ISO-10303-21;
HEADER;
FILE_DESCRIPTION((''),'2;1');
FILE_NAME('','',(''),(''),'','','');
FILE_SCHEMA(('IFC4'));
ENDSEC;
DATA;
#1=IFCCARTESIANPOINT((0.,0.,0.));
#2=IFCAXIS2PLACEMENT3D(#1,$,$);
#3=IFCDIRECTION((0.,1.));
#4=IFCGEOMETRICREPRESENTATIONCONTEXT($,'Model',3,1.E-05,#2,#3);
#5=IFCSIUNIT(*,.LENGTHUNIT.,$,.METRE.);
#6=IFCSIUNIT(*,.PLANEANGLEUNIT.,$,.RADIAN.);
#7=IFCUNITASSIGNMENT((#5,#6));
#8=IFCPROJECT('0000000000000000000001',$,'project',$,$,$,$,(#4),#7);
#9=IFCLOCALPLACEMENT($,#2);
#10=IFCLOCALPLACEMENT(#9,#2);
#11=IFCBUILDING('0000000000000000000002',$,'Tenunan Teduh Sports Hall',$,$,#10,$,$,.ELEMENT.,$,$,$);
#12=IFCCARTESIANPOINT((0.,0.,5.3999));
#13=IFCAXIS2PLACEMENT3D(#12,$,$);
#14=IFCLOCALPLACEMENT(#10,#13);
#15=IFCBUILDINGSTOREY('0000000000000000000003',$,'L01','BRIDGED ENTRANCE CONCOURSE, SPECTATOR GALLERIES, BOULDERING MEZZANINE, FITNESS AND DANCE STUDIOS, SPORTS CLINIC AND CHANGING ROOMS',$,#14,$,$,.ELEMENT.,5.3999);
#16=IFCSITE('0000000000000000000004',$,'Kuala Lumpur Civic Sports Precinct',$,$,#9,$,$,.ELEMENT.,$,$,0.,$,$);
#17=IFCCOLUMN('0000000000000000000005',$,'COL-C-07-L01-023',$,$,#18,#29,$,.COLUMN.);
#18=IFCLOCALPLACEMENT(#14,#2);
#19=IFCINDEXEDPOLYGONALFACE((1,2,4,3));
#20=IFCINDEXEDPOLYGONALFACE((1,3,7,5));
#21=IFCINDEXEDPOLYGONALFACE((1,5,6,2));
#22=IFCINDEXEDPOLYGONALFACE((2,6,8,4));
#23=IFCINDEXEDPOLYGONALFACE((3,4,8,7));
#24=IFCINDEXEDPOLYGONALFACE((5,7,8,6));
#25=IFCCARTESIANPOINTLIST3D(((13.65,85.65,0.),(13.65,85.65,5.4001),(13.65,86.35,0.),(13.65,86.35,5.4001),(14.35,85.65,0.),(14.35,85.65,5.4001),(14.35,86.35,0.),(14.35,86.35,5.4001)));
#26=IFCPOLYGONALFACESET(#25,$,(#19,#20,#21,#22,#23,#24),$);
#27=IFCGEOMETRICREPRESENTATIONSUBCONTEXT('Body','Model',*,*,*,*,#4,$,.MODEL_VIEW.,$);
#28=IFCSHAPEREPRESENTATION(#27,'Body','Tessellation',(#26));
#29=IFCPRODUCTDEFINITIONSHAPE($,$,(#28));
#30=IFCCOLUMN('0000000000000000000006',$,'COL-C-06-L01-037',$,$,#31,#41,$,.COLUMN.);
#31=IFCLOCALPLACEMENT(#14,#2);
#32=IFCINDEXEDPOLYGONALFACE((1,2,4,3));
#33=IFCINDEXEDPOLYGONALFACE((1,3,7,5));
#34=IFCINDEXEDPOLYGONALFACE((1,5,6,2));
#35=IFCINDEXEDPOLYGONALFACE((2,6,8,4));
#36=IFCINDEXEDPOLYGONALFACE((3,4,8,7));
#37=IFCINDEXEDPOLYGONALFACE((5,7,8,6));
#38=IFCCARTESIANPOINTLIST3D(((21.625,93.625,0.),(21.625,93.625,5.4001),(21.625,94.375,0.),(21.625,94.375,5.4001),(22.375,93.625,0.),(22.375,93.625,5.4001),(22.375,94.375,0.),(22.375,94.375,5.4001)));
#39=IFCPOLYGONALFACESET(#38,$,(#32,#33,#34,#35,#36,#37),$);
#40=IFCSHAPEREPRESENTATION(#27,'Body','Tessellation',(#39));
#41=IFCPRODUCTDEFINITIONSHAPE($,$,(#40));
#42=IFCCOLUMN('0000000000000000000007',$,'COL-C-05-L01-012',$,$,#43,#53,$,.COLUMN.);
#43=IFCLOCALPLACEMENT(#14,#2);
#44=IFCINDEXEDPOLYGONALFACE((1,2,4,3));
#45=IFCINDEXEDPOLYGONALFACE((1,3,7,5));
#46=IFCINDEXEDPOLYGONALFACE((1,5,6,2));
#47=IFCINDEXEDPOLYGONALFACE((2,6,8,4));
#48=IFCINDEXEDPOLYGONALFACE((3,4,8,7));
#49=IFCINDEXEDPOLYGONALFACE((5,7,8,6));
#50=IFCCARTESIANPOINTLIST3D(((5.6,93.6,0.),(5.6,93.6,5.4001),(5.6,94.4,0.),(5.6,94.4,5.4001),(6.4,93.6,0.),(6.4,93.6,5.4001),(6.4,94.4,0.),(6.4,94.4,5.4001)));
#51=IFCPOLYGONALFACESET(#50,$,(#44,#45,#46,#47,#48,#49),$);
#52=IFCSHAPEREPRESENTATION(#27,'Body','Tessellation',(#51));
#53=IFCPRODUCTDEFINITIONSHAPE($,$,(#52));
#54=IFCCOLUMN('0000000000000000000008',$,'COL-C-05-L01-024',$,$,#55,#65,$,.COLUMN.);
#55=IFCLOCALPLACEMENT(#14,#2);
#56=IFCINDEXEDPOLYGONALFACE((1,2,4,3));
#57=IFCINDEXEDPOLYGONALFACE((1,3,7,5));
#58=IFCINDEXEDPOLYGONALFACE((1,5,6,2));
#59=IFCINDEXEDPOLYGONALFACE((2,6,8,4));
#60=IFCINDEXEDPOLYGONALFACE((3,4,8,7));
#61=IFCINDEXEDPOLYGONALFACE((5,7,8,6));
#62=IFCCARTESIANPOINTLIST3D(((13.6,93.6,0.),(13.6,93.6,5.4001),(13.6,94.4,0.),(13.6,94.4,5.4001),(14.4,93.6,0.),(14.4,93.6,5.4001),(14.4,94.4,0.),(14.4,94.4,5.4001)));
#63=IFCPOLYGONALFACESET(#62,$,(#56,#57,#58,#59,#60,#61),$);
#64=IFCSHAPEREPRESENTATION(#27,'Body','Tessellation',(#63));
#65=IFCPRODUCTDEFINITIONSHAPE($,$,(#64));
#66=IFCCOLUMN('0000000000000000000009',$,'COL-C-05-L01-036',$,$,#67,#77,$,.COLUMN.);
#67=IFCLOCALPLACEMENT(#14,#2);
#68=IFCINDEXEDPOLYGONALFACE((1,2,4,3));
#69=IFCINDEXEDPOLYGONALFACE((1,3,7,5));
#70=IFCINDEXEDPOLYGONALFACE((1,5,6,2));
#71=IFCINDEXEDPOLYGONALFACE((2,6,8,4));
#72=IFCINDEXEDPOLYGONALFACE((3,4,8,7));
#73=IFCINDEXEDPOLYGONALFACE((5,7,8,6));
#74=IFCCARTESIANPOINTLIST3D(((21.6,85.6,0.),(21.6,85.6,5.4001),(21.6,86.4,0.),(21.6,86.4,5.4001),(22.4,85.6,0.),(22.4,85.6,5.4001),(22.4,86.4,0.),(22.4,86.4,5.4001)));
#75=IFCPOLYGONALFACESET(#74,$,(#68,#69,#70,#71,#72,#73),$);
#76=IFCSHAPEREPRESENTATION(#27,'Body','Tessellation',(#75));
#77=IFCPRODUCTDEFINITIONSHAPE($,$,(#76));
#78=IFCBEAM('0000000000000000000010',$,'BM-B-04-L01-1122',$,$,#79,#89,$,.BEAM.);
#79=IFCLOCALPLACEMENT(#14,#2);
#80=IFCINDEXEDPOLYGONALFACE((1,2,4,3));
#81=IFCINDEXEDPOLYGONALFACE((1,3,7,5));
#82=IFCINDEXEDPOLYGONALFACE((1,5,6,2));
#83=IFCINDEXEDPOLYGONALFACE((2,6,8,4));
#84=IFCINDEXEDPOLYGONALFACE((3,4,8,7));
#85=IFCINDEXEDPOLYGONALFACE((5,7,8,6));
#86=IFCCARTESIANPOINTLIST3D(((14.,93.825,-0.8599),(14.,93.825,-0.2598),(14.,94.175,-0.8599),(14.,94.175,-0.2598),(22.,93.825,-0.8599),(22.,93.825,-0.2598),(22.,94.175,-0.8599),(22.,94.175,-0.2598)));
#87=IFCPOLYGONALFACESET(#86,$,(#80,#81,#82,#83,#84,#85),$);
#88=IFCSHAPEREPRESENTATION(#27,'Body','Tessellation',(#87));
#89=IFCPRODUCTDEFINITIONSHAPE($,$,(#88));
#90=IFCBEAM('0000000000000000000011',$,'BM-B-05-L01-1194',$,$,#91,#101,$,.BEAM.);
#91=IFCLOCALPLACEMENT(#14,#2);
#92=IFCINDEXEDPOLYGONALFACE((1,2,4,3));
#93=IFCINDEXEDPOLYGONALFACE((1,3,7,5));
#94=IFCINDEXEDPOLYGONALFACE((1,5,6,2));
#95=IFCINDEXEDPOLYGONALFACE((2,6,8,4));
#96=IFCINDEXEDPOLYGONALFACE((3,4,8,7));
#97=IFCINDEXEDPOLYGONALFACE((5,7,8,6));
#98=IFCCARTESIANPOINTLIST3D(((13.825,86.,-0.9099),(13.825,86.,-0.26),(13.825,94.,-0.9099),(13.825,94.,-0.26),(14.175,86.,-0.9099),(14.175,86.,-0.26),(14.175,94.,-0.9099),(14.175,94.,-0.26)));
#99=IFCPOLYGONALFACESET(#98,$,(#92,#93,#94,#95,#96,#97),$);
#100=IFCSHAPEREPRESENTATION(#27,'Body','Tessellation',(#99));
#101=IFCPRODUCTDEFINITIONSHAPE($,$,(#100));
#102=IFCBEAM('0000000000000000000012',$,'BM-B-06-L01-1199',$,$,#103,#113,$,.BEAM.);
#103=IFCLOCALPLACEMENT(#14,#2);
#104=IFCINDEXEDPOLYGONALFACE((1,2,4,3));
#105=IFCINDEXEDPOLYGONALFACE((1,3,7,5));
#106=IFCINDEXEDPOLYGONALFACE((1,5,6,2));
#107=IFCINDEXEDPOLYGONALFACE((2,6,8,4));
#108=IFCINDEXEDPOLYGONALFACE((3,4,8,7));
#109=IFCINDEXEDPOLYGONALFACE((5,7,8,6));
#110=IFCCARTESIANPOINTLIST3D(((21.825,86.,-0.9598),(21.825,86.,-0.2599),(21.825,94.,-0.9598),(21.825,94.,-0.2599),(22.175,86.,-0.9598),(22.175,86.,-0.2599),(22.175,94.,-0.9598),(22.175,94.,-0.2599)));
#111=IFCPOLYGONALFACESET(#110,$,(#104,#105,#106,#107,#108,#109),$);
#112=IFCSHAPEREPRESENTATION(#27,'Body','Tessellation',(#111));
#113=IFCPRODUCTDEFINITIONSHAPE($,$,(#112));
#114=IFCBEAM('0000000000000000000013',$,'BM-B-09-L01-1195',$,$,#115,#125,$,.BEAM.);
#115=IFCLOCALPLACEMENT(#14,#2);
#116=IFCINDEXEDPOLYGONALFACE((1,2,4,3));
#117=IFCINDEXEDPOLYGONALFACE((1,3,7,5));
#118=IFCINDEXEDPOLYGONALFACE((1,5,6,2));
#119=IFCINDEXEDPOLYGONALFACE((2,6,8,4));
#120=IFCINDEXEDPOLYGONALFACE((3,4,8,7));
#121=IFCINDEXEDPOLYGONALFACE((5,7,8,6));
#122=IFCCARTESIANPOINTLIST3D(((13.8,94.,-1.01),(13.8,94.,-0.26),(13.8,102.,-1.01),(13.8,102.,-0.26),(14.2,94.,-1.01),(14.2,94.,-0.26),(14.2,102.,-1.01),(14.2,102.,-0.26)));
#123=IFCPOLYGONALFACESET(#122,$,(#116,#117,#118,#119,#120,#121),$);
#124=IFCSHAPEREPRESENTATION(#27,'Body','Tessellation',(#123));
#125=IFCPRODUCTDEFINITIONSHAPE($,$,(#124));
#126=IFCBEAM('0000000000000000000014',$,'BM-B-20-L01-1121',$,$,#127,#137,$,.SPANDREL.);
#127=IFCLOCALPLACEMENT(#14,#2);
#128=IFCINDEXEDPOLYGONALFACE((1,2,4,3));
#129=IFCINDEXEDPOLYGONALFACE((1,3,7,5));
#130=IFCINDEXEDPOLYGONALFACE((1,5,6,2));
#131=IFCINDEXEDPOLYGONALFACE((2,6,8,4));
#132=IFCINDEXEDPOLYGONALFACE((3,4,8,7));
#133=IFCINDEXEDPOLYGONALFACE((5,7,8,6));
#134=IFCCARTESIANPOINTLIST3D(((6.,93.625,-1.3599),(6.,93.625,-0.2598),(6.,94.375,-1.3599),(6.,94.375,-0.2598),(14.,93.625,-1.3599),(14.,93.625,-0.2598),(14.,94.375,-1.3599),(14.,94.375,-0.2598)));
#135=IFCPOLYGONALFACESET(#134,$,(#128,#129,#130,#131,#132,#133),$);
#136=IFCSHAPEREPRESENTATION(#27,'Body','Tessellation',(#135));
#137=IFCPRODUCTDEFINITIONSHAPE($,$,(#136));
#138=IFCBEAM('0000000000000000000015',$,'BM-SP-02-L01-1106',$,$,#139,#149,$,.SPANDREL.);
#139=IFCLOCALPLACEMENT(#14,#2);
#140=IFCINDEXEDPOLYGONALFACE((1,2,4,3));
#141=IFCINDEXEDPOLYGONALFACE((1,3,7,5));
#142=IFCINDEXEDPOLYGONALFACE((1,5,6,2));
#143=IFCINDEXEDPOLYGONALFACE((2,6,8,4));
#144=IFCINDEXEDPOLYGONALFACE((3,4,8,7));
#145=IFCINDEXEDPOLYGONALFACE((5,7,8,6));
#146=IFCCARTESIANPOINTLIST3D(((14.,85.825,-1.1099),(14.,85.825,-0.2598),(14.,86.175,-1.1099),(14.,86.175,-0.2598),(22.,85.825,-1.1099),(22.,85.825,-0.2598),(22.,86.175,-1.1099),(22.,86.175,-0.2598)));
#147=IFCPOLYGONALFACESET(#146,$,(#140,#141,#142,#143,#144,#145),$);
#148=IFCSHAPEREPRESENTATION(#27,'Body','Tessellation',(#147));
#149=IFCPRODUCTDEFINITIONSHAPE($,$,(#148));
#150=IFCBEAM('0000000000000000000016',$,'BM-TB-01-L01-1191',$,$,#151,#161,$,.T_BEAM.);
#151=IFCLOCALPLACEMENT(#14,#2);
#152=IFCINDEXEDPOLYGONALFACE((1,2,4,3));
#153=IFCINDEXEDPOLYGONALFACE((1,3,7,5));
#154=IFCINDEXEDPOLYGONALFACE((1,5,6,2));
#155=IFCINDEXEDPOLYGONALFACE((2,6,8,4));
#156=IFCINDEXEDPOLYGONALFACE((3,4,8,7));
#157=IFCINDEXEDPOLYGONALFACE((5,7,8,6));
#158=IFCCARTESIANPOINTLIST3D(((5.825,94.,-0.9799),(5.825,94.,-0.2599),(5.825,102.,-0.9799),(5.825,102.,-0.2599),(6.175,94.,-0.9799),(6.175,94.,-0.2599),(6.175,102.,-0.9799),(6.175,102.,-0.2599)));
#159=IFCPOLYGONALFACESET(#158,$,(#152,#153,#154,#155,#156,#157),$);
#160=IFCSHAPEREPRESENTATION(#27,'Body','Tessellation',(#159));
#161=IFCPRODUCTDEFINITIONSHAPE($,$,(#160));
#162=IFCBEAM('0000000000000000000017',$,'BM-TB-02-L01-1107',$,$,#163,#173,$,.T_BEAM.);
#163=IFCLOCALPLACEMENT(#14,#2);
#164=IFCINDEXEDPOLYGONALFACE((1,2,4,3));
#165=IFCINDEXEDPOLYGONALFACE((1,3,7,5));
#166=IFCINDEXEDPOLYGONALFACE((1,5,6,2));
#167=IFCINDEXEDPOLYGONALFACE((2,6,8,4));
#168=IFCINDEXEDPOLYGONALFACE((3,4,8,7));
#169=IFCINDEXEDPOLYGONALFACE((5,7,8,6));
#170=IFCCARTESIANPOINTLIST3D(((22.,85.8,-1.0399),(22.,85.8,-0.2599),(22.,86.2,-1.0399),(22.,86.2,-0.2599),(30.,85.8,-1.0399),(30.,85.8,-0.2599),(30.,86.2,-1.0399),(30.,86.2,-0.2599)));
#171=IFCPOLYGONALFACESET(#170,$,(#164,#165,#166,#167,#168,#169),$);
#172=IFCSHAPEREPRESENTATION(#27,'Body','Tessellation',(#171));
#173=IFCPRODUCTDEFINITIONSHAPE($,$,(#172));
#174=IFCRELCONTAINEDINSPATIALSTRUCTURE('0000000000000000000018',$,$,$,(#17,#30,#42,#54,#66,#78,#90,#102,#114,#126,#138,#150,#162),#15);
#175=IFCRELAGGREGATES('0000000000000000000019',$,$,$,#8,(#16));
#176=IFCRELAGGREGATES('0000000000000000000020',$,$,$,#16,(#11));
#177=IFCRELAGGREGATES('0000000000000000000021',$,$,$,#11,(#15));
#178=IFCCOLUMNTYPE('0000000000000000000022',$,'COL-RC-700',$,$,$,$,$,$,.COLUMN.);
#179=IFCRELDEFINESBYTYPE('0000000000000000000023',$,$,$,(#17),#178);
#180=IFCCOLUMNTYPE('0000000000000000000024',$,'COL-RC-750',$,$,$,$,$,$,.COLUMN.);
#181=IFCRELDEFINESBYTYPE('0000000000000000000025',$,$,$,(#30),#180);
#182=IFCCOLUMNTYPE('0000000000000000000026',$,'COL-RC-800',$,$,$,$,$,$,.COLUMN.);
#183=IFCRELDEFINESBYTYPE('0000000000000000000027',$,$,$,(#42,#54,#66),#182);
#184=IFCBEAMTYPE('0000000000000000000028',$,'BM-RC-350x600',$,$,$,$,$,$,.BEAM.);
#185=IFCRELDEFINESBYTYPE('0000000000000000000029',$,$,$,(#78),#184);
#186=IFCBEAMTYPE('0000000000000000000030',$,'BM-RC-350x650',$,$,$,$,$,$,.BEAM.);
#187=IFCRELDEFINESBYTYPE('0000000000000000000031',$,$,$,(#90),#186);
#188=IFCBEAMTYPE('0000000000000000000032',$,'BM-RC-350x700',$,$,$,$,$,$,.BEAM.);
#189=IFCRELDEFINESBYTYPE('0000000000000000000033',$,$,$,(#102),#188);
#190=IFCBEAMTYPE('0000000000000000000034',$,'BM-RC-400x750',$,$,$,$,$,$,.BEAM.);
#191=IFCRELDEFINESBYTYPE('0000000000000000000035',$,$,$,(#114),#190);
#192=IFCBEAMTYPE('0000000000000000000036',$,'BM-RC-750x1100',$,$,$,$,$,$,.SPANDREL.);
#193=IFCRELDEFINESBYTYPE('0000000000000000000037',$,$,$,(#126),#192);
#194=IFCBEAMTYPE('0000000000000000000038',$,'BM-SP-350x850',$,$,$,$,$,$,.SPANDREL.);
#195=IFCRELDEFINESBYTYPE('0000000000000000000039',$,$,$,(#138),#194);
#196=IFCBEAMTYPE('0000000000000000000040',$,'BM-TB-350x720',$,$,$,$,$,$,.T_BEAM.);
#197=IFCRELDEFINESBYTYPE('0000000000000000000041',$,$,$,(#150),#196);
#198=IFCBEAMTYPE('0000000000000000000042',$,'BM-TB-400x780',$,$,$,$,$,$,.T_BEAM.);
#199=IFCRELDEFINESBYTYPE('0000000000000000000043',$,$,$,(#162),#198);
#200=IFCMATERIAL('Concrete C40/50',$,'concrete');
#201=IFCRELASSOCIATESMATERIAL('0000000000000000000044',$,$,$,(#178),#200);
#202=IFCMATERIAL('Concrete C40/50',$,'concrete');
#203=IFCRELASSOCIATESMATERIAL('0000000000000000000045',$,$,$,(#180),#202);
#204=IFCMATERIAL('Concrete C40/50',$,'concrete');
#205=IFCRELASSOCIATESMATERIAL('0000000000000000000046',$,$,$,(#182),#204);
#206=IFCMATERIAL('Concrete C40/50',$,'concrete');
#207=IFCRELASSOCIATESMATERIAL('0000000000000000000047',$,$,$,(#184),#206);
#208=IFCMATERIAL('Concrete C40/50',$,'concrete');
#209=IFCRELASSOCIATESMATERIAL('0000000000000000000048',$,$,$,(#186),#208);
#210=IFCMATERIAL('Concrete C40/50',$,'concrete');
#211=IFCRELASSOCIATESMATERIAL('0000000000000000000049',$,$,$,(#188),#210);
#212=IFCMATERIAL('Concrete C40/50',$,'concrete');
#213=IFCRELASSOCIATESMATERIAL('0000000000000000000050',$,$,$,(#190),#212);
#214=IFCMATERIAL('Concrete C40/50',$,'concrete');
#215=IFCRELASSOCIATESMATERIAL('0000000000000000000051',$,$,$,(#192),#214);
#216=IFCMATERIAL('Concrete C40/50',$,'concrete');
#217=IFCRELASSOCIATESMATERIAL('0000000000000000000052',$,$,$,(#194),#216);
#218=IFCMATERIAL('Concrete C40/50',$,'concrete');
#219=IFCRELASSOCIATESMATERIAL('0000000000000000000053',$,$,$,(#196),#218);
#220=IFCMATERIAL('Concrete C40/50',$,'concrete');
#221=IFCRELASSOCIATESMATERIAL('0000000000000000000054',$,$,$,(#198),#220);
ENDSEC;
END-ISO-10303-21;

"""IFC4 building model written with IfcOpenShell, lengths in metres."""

from ifc_helpers import new_model, si_unit, direction, frame, origin, origin_2d, place, context, subcontext, project, spatial, rectangle, extrude, material, material_profile, profile_set, type_object, element, save


model = new_model("IFC4")

# Units and contexts
model_context = context("Model", 3, precision=1e-05, world=origin(), true_north=direction((0.0, 1.0)))
body_context = subcontext(model_context, "Body", "Model", "MODEL_VIEW")
ifc_project = project(units=[si_unit("LENGTHUNIT", "METRE"), si_unit("PLANEANGLEUNIT", "RADIAN")], contexts=[model_context])

# Site, building, storey
site_placement = place(None, origin())
site = spatial("IfcSite", under=ifc_project, at=site_placement, Name="Kuala Lumpur Civic Sports Precinct", CompositionType="ELEMENT", RefElevation=0.0)
building_placement = place(site_placement, origin())
building = spatial("IfcBuilding", under=site, at=building_placement, Name="Tenunan Teduh Sports Hall", CompositionType="ELEMENT")
storey_placement = place(building_placement, frame((0.0, 0.0, 5.3999)))
storey = spatial("IfcBuildingStorey", under=building, at=storey_placement, Name="L01", Description="BRIDGED ENTRANCE CONCOURSE, SPECTATOR GALLERIES, BOULDERING MEZZANINE, FITNESS AND DANCE STUDIOS, SPORTS CLINIC AND CHANGING ROOMS", CompositionType="ELEMENT", Elevation=5.3999)

# Columns
ifc_material_1 = material(Name="Concrete C40/50", Category="concrete")
ifc_material_profile_1 = material_profile(ifc_material_1, rectangle(XDim=0.7, YDim=0.7, at=origin_2d()), Name="RC 700x700")
ifc_profile_set_1 = profile_set([ifc_material_profile_1], Name="Concrete C40/50")
column_type_1 = type_object("IfcColumnType", Name="COL-RC-700", PredefinedType="COLUMN", material=ifc_profile_set_1)
column_1_placement = place(storey_placement, frame((14.0, 86.0, 0.0), z_axis=(0.0, 0.0, 1.0), x_axis=(1.0, 0.0, 0.0)))
element("IfcColumn", 1, at=column_1_placement, inside=storey, type_object=column_type_1, Name="COL-C-07-L01-023", PredefinedType="COLUMN", context=body_context, shape_type="SweptSolid", body=[
    extrude(rectangle(XDim=0.7, YDim=0.7, at=origin_2d()), origin(), (0.0, 0.0, 1.0), 5.4001),
])
ifc_material_2 = material(Name="Concrete C40/50", Category="concrete")
ifc_material_profile_2 = material_profile(ifc_material_2, rectangle(XDim=0.75, YDim=0.75, at=origin_2d()), Name="RC 750x750")
ifc_profile_set_2 = profile_set([ifc_material_profile_2], Name="Concrete C40/50")
column_type_2 = type_object("IfcColumnType", Name="COL-RC-750", PredefinedType="COLUMN", material=ifc_profile_set_2)
column_2_placement = place(storey_placement, frame((22.0, 94.0, 0.0), z_axis=(0.0, 0.0, 1.0), x_axis=(1.0, 0.0, 0.0)))
element("IfcColumn", 2, at=column_2_placement, inside=storey, type_object=column_type_2, Name="COL-C-06-L01-037", PredefinedType="COLUMN", context=body_context, shape_type="SweptSolid", body=[
    extrude(rectangle(XDim=0.75, YDim=0.75, at=origin_2d()), origin(), (0.0, 0.0, 1.0), 5.4001),
])
ifc_material_3 = material(Name="Concrete C40/50", Category="concrete")
ifc_material_profile_3 = material_profile(ifc_material_3, rectangle(XDim=0.8, YDim=0.8, at=origin_2d()), Name="RC 800x800")
ifc_profile_set_3 = profile_set([ifc_material_profile_3], Name="Concrete C40/50")
column_type_3 = type_object("IfcColumnType", Name="COL-RC-800", PredefinedType="COLUMN", material=ifc_profile_set_3)
for number, where, z_axis, x_axis, name in (
    (3, (6.0, 94.0, 0.0), (0.0, 0.0, 1.0), (1.0, 0.0, 0.0), "COL-C-05-L01-012"),
    (4, (14.0, 94.0, 0.0), (0.0, 0.0, 1.0), (1.0, 0.0, 0.0), "COL-C-05-L01-024"),
    (5, (22.0, 86.0, 0.0), (0.0, 0.0, 1.0), (1.0, 0.0, 0.0), "COL-C-05-L01-036"),
):
    element("IfcColumn", number, at=place(storey_placement, frame(where, z_axis=z_axis, x_axis=x_axis)), inside=storey, type_object=column_type_3, Name=name, PredefinedType="COLUMN", context=body_context, shape_type="SweptSolid", body=[
        extrude(rectangle(XDim=0.8, YDim=0.8, at=origin_2d()), origin(), (0.0, 0.0, 1.0), 5.4001),
    ])

# Beams
ifc_material_4 = material(Name="Concrete C40/50", Category="concrete")
ifc_material_profile_4 = material_profile(ifc_material_4, rectangle(XDim=0.3501, YDim=0.6001, at=origin_2d()), Name="RCB 350x600")
ifc_profile_set_4 = profile_set([ifc_material_profile_4], Name="Concrete C40/50")
beam_type_1 = type_object("IfcBeamType", Name="BM-RC-350x600", PredefinedType="BEAM", material=ifc_profile_set_4)
beam_1_placement = place(storey_placement, frame((14.0, 94.0, -0.5598), z_axis=(1.0, 0.0, 0.0), x_axis=(0.0, 1.0, 0.0)))
element("IfcBeam", 6, at=beam_1_placement, inside=storey, type_object=beam_type_1, Name="BM-B-04-L01-1122", PredefinedType="BEAM", context=body_context, shape_type="SweptSolid", body=[
    extrude(rectangle(XDim=0.3501, YDim=0.6001, at=origin_2d()), origin(), (0.0, 0.0, 1.0), 8.0),
])
ifc_material_5 = material(Name="Concrete C40/50", Category="concrete")
ifc_material_profile_5 = material_profile(ifc_material_5, rectangle(XDim=0.3501, YDim=0.6499, at=origin_2d()), Name="RCB 350x650")
ifc_profile_set_5 = profile_set([ifc_material_profile_5], Name="Concrete C40/50")
beam_type_2 = type_object("IfcBeamType", Name="BM-RC-350x650", PredefinedType="BEAM", material=ifc_profile_set_5)
beam_2_placement = place(storey_placement, frame((14.0, 86.0, -0.585), z_axis=(0.0, 1.0, 0.0), x_axis=(-1.0, 0.0, 0.0)))
element("IfcBeam", 7, at=beam_2_placement, inside=storey, type_object=beam_type_2, Name="BM-B-05-L01-1194", PredefinedType="BEAM", context=body_context, shape_type="SweptSolid", body=[
    extrude(rectangle(XDim=0.3501, YDim=0.6499, at=origin_2d()), origin(), (0.0, 0.0, 1.0), 8.0),
])
ifc_material_6 = material(Name="Concrete C40/50", Category="concrete")
ifc_material_profile_6 = material_profile(ifc_material_6, rectangle(XDim=0.3501, YDim=0.7, at=origin_2d()), Name="RCB 350x700")
ifc_profile_set_6 = profile_set([ifc_material_profile_6], Name="Concrete C40/50")
beam_type_3 = type_object("IfcBeamType", Name="BM-RC-350x700", PredefinedType="BEAM", material=ifc_profile_set_6)
beam_3_placement = place(storey_placement, frame((22.0, 86.0, -0.6099), z_axis=(0.0, 1.0, 0.0), x_axis=(-1.0, 0.0, 0.0)))
element("IfcBeam", 8, at=beam_3_placement, inside=storey, type_object=beam_type_3, Name="BM-B-06-L01-1199", PredefinedType="BEAM", context=body_context, shape_type="SweptSolid", body=[
    extrude(rectangle(XDim=0.3501, YDim=0.7, at=origin_2d()), origin(), (0.0, 0.0, 1.0), 8.0),
])
ifc_material_7 = material(Name="Concrete C40/50", Category="concrete")
ifc_material_profile_7 = material_profile(ifc_material_7, rectangle(XDim=0.3999, YDim=0.75, at=origin_2d()), Name="RCB 400x750")
ifc_profile_set_7 = profile_set([ifc_material_profile_7], Name="Concrete C40/50")
beam_type_4 = type_object("IfcBeamType", Name="BM-RC-400x750", PredefinedType="BEAM", material=ifc_profile_set_7)
beam_4_placement = place(storey_placement, frame((14.0, 94.0, -0.635), z_axis=(0.0, 1.0, 0.0), x_axis=(-1.0, 0.0, 0.0)))
element("IfcBeam", 9, at=beam_4_placement, inside=storey, type_object=beam_type_4, Name="BM-B-09-L01-1195", PredefinedType="BEAM", context=body_context, shape_type="SweptSolid", body=[
    extrude(rectangle(XDim=0.3999, YDim=0.75, at=origin_2d()), origin(), (0.0, 0.0, 1.0), 8.0),
])
ifc_material_8 = material(Name="Concrete C40/50", Category="concrete")
ifc_material_profile_8 = material_profile(ifc_material_8, rectangle(XDim=0.75, YDim=1.1001, at=origin_2d()), Name="RCB 750x1100")
ifc_profile_set_8 = profile_set([ifc_material_profile_8], Name="Concrete C40/50")
beam_type_5 = type_object("IfcBeamType", Name="BM-RC-750x1100", PredefinedType="SPANDREL", material=ifc_profile_set_8)
beam_5_placement = place(storey_placement, frame((6.0, 94.0, -0.8098), z_axis=(1.0, 0.0, 0.0), x_axis=(0.0, 1.0, 0.0)))
element("IfcBeam", 10, at=beam_5_placement, inside=storey, type_object=beam_type_5, Name="BM-B-20-L01-1121", PredefinedType="SPANDREL", context=body_context, shape_type="SweptSolid", body=[
    extrude(rectangle(XDim=0.75, YDim=1.1001, at=origin_2d()), origin(), (0.0, 0.0, 1.0), 8.0),
])
ifc_material_9 = material(Name="Concrete C40/50", Category="concrete")
ifc_material_profile_9 = material_profile(ifc_material_9, rectangle(XDim=0.3501, YDim=0.8501, at=origin_2d()), Name="SPB 350x850")
ifc_profile_set_9 = profile_set([ifc_material_profile_9], Name="Concrete C40/50")
beam_type_6 = type_object("IfcBeamType", Name="BM-SP-350x850", PredefinedType="SPANDREL", material=ifc_profile_set_9)
beam_6_placement = place(storey_placement, frame((14.0, 86.0, -0.6848), z_axis=(1.0, 0.0, 0.0), x_axis=(0.0, 1.0, 0.0)))
element("IfcBeam", 11, at=beam_6_placement, inside=storey, type_object=beam_type_6, Name="BM-SP-02-L01-1106", PredefinedType="SPANDREL", context=body_context, shape_type="SweptSolid", body=[
    extrude(rectangle(XDim=0.3501, YDim=0.8501, at=origin_2d()), origin(), (0.0, 0.0, 1.0), 8.0),
])
ifc_material_10 = material(Name="Concrete C40/50", Category="concrete")
ifc_material_profile_10 = material_profile(ifc_material_10, rectangle(XDim=0.3501, YDim=0.72, at=origin_2d()), Name="TB 350x720")
ifc_profile_set_10 = profile_set([ifc_material_profile_10], Name="Concrete C40/50")
beam_type_7 = type_object("IfcBeamType", Name="BM-TB-350x720", PredefinedType="T_BEAM", material=ifc_profile_set_10)
beam_7_placement = place(storey_placement, frame((6.0, 94.0, -0.6199), z_axis=(0.0, 1.0, 0.0), x_axis=(-1.0, 0.0, 0.0)))
element("IfcBeam", 12, at=beam_7_placement, inside=storey, type_object=beam_type_7, Name="BM-TB-01-L01-1191", PredefinedType="T_BEAM", context=body_context, shape_type="SweptSolid", body=[
    extrude(rectangle(XDim=0.3501, YDim=0.72, at=origin_2d()), origin(), (0.0, 0.0, 1.0), 8.0),
])
ifc_material_11 = material(Name="Concrete C40/50", Category="concrete")
ifc_material_profile_11 = material_profile(ifc_material_11, rectangle(XDim=0.3999, YDim=0.78, at=origin_2d()), Name="TB 400x780")
ifc_profile_set_11 = profile_set([ifc_material_profile_11], Name="Concrete C40/50")
beam_type_8 = type_object("IfcBeamType", Name="BM-TB-400x780", PredefinedType="T_BEAM", material=ifc_profile_set_11)
beam_8_placement = place(storey_placement, frame((22.0, 86.0, -0.6499), z_axis=(1.0, 0.0, 0.0), x_axis=(0.0, 1.0, 0.0)))
element("IfcBeam", 13, at=beam_8_placement, inside=storey, type_object=beam_type_8, Name="BM-TB-02-L01-1107", PredefinedType="T_BEAM", context=body_context, shape_type="SweptSolid", body=[
    extrude(rectangle(XDim=0.3999, YDim=0.78, at=origin_2d()), origin(), (0.0, 0.0, 1.0), 8.0),
])

save(model, "model.ifc")
